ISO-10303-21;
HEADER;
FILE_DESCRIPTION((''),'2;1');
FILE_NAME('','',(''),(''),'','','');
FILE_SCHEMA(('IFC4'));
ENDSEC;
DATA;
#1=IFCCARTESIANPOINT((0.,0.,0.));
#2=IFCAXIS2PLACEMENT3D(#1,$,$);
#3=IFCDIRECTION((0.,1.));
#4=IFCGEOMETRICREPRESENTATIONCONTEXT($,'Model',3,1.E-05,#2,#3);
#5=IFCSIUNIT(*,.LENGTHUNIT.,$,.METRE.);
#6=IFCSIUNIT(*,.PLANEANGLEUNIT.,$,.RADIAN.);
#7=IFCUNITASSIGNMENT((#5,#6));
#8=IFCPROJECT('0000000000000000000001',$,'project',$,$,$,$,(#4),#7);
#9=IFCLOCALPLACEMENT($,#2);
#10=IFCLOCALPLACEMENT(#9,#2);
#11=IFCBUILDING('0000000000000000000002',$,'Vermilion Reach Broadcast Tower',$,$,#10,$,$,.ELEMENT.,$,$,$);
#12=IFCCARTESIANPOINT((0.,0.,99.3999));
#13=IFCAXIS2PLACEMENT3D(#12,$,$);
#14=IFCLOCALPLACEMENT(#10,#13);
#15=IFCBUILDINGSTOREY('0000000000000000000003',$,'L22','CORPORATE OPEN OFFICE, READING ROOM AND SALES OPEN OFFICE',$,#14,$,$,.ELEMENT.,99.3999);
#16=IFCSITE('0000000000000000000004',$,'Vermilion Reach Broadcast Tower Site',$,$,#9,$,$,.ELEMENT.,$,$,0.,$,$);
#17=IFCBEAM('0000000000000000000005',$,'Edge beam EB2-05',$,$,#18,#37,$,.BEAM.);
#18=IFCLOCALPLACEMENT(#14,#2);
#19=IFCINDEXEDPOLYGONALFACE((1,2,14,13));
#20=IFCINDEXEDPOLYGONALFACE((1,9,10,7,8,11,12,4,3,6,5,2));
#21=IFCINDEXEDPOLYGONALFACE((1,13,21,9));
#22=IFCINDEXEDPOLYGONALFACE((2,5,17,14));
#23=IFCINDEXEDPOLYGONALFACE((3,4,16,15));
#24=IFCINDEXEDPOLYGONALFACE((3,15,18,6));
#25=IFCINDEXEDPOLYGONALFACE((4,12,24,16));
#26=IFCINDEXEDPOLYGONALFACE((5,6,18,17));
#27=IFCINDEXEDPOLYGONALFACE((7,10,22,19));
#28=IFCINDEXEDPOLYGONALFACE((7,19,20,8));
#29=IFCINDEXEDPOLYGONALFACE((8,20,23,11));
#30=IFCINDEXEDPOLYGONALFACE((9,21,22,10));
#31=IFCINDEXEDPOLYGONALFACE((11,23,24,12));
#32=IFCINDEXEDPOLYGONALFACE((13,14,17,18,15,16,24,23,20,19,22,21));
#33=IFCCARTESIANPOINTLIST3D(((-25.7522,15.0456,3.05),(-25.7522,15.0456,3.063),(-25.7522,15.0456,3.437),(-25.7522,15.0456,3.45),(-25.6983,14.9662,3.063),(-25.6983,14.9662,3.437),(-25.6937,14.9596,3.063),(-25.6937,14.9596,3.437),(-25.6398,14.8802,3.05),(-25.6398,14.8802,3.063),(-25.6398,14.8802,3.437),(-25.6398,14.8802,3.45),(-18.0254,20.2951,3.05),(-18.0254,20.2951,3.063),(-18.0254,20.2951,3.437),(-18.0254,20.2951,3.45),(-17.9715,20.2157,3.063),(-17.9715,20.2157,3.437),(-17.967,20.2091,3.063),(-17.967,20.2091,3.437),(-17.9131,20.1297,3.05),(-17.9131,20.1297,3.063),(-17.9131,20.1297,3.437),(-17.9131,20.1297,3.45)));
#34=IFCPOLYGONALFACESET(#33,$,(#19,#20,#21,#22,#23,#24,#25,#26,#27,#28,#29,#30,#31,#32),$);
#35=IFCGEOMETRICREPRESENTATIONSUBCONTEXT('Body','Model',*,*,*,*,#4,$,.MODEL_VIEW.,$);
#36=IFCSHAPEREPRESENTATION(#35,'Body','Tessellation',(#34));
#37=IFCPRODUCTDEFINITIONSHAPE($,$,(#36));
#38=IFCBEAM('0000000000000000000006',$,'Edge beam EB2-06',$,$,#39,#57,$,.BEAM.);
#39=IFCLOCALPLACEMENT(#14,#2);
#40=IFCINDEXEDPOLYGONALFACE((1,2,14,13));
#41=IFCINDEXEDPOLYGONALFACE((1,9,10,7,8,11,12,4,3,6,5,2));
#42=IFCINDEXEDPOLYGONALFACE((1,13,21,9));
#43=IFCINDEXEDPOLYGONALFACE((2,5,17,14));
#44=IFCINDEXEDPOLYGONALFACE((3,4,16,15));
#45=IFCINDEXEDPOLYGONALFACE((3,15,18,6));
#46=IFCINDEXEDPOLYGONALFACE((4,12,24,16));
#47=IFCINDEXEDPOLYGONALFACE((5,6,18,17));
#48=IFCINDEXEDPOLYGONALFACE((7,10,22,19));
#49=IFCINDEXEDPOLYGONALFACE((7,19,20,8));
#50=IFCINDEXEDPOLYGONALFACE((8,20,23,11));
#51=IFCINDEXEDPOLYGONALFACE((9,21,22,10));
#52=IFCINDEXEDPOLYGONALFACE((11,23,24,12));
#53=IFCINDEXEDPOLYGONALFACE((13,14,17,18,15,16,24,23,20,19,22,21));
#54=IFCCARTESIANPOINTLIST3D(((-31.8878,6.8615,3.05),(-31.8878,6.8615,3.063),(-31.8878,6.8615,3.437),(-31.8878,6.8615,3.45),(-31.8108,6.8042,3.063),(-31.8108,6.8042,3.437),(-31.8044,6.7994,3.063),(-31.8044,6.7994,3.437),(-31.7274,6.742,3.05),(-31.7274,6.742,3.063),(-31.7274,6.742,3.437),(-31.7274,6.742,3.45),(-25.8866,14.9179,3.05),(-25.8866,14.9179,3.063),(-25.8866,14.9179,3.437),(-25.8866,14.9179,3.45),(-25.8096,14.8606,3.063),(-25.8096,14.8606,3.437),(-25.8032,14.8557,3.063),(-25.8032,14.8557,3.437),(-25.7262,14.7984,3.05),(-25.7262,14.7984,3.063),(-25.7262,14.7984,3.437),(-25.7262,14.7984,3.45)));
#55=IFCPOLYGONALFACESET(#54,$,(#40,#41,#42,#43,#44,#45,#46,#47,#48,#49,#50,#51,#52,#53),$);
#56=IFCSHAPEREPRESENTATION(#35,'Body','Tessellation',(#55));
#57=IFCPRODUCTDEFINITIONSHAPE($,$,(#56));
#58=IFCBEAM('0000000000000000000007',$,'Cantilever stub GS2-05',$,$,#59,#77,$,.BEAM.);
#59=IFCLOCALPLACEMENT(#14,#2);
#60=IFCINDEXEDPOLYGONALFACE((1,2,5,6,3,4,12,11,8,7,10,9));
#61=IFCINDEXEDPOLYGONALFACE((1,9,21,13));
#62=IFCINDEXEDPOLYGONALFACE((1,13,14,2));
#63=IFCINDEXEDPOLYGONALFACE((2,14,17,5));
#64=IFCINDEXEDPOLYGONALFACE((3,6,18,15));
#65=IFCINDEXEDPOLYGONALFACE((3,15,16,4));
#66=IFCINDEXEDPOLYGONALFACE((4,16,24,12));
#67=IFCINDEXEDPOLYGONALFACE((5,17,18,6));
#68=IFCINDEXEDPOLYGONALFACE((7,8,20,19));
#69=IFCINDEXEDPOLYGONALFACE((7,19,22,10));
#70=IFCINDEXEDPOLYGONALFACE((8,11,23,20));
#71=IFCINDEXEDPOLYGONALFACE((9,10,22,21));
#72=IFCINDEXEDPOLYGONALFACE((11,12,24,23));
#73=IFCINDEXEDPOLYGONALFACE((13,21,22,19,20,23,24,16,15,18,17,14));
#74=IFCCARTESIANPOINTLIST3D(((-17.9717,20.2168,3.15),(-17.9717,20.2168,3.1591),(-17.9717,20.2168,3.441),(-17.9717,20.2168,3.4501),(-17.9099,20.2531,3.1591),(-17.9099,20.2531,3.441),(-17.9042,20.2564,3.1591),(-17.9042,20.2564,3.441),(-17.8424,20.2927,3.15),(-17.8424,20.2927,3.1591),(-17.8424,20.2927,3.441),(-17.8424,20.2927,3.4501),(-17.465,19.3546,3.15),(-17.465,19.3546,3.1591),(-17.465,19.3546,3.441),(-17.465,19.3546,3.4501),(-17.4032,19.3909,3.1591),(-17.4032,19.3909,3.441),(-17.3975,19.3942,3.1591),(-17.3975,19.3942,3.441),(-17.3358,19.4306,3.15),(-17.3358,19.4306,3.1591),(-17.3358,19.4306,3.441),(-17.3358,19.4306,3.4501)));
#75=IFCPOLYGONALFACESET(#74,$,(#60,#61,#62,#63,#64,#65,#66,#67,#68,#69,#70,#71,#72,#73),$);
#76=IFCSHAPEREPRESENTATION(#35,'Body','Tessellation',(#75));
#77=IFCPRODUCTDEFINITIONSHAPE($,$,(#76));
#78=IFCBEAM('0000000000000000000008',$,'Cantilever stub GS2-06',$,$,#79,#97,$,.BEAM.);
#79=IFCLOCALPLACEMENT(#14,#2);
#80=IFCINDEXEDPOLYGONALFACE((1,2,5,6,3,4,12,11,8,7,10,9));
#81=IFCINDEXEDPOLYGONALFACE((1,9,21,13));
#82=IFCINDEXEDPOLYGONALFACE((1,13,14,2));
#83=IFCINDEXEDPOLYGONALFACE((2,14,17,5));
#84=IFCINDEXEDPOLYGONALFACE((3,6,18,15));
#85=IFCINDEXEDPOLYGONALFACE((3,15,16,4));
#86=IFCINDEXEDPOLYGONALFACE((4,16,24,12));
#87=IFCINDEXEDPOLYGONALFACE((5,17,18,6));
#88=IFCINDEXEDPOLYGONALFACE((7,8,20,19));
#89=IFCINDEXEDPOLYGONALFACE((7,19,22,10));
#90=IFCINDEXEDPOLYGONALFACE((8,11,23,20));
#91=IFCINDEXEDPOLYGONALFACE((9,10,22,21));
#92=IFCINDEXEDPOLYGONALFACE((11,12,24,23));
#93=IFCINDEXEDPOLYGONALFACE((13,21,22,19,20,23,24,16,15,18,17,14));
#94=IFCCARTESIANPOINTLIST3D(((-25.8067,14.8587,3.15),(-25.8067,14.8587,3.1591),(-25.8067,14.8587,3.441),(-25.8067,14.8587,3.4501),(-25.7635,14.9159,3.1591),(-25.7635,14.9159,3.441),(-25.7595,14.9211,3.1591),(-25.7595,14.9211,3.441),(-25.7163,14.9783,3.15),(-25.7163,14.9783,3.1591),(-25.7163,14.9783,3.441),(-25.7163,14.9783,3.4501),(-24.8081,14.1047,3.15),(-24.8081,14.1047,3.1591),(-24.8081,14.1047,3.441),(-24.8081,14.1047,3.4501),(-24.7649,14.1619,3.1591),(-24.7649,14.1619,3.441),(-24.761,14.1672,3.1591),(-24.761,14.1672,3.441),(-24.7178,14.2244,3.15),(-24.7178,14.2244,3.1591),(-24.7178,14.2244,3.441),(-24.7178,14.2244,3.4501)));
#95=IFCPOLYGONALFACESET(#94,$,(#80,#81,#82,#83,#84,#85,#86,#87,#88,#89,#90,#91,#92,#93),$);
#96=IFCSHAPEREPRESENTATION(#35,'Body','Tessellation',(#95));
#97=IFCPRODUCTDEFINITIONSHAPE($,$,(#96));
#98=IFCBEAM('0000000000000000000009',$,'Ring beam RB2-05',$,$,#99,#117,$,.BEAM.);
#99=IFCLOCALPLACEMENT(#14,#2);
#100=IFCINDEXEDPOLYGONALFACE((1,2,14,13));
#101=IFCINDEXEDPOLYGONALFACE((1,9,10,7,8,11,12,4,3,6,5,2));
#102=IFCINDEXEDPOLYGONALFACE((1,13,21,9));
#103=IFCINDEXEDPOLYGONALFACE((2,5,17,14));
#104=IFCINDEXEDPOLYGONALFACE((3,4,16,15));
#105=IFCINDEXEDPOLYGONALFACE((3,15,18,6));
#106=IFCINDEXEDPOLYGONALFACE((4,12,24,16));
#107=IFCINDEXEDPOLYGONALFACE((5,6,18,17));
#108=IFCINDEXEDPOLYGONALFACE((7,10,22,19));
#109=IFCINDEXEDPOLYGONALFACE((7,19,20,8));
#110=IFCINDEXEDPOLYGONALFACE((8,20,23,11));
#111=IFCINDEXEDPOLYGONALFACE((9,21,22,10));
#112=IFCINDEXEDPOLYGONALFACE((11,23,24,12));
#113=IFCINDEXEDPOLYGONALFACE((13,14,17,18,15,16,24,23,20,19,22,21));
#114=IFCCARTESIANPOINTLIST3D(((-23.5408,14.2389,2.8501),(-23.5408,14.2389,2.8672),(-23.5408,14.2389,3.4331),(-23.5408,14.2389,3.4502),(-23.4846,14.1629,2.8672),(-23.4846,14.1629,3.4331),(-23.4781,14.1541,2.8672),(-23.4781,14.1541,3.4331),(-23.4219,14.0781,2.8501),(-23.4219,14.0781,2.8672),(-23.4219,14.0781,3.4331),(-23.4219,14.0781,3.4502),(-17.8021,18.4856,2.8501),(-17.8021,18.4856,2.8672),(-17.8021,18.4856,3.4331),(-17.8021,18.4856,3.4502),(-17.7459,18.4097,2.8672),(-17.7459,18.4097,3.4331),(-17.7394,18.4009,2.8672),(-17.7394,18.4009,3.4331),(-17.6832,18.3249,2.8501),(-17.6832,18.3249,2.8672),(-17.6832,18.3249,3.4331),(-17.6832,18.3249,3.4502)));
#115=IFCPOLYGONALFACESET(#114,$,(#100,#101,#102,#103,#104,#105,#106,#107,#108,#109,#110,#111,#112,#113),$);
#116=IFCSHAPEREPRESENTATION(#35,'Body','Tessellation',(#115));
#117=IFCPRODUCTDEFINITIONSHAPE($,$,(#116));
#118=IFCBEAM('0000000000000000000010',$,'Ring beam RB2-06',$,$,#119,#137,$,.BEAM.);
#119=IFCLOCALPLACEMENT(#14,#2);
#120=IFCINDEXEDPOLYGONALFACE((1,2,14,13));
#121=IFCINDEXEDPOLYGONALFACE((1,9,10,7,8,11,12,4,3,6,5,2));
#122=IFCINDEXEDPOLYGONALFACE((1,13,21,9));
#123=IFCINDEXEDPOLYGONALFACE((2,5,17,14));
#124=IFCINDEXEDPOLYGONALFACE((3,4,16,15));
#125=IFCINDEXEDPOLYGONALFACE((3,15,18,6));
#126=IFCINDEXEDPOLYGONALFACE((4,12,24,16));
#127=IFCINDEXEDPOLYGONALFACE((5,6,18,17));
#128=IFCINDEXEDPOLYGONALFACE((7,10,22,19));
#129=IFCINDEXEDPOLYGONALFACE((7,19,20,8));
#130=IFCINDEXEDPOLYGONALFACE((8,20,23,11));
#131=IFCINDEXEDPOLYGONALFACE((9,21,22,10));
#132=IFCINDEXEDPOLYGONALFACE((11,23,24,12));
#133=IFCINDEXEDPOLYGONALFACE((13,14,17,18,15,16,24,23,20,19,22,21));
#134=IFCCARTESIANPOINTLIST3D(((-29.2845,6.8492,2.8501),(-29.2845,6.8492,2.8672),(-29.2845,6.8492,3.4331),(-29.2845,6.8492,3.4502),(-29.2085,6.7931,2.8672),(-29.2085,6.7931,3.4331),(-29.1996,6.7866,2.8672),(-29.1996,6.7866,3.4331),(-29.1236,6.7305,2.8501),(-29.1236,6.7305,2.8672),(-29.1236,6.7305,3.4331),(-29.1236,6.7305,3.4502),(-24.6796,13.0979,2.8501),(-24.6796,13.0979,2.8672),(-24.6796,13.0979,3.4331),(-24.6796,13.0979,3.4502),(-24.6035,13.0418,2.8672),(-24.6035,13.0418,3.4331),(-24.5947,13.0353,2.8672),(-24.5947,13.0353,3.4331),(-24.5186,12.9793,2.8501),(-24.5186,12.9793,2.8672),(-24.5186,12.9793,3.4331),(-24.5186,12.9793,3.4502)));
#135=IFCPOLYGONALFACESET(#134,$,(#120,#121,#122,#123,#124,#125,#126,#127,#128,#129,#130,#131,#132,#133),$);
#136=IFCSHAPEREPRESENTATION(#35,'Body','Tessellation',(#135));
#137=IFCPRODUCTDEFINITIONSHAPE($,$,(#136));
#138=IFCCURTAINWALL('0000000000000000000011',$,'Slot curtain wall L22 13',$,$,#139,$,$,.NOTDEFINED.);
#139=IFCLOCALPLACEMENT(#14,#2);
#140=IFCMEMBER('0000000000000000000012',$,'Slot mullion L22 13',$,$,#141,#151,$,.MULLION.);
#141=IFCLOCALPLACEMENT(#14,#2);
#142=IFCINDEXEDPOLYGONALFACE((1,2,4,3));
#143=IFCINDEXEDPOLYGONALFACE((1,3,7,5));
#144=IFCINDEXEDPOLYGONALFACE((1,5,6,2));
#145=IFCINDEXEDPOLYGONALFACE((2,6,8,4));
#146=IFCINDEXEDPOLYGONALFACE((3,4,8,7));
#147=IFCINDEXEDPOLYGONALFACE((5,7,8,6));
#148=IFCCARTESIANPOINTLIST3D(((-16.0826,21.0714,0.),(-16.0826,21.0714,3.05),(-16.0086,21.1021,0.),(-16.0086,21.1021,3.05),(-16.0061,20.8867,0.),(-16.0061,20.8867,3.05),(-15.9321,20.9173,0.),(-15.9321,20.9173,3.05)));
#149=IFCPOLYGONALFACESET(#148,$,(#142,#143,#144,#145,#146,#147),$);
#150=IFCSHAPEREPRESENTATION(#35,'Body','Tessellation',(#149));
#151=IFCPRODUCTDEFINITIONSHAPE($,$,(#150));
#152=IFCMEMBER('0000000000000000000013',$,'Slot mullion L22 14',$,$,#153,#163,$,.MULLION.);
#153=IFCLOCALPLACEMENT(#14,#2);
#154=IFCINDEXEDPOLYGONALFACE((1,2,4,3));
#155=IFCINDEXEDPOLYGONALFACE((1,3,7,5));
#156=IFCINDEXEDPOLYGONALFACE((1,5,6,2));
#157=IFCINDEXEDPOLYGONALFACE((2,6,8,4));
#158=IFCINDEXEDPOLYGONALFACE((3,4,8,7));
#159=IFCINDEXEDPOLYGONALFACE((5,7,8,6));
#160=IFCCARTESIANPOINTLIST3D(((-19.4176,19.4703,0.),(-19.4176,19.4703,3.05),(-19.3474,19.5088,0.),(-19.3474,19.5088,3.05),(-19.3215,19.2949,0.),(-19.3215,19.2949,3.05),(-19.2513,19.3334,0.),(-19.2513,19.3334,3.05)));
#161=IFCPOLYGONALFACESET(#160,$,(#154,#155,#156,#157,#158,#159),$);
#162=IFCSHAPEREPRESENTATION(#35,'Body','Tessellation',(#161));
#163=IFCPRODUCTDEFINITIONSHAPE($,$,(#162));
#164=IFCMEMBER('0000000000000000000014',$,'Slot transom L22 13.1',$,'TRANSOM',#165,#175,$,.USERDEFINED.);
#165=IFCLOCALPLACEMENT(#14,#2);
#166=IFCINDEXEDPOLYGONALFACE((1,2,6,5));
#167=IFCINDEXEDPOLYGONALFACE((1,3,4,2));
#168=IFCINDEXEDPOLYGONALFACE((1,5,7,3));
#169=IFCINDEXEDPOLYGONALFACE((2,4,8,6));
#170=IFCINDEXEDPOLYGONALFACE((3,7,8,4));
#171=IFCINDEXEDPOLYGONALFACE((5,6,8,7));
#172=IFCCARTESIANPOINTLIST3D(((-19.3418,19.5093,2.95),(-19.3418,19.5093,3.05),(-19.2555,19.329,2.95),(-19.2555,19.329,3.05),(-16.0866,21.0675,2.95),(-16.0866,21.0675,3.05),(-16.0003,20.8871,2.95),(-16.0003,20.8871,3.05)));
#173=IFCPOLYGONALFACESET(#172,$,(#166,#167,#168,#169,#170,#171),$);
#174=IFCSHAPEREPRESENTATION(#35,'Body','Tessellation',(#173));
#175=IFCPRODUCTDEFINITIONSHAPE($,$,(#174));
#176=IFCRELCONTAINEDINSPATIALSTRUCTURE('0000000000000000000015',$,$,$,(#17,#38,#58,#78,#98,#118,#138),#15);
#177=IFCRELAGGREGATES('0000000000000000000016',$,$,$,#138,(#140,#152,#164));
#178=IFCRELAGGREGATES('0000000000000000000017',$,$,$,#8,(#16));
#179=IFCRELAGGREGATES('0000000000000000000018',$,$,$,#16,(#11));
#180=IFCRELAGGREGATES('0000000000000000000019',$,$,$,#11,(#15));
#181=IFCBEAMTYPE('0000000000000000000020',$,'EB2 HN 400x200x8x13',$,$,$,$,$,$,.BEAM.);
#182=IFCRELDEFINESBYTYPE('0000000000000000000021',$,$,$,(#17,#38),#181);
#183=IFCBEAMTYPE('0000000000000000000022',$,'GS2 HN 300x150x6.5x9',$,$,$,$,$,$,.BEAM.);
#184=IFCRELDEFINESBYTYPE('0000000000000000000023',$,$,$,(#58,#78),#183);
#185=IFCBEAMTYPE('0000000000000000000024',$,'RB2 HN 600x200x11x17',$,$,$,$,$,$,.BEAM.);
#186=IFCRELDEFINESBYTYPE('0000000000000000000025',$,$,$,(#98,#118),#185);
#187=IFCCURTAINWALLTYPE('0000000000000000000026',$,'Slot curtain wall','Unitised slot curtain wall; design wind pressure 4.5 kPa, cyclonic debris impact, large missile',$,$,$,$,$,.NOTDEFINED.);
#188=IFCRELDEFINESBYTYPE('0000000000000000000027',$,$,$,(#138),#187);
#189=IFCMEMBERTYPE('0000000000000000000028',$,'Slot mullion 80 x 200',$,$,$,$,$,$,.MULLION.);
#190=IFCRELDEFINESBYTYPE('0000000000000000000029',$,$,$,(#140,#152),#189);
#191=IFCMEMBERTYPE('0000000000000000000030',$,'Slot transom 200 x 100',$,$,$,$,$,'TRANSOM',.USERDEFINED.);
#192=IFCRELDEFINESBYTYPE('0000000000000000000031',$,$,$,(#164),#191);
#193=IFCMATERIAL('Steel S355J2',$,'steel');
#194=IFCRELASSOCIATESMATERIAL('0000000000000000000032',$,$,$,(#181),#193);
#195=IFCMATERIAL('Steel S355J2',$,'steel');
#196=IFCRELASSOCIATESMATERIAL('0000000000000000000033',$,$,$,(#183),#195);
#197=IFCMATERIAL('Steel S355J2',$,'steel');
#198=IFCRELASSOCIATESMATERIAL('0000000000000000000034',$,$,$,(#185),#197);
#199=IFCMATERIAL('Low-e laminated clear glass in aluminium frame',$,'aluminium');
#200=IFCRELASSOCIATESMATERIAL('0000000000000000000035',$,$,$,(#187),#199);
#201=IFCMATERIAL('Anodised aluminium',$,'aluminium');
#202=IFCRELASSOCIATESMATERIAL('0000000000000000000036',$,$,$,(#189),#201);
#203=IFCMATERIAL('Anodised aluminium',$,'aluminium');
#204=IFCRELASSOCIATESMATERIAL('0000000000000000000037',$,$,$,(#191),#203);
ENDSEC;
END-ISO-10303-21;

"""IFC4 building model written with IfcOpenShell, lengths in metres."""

from ifc_helpers import new_model, si_unit, direction, frame, origin, origin_2d, place, context, subcontext, project, spatial, rectangle, i_section, extrude, material, material_profile, profile_set, type_object, element, aggregate, save


model = new_model("IFC4")

# Units and contexts
model_context = context("Model", 3, precision=1e-05, world=origin(), true_north=direction((0.0, 1.0)))
body_context = subcontext(model_context, "Body", "Model", "MODEL_VIEW")
ifc_project = project(units=[si_unit("LENGTHUNIT", "METRE"), si_unit("PLANEANGLEUNIT", "RADIAN")], contexts=[model_context])

# Site, building, storey
site_placement = place(None, origin())
site = spatial("IfcSite", under=ifc_project, at=site_placement, Name="Vermilion Reach Broadcast Tower Site", CompositionType="ELEMENT", RefElevation=0.0)
building_placement = place(site_placement, origin())
building = spatial("IfcBuilding", under=site, at=building_placement, Name="Vermilion Reach Broadcast Tower", CompositionType="ELEMENT")
storey_placement = place(building_placement, frame((0.0, 0.0, 99.3999)))
storey = spatial("IfcBuildingStorey", under=building, at=storey_placement, Name="L22", Description="CORPORATE OPEN OFFICE, READING ROOM AND SALES OPEN OFFICE", CompositionType="ELEMENT", Elevation=99.3999)

# Beams
ifc_material_1 = material(Name="Steel S355J2", Category="steel")
ifc_material_profile_1 = material_profile(ifc_material_1, i_section(OverallWidth=0.2, OverallDepth=0.3999, WebThickness=0.0081, FlangeThickness=0.0129, at=origin_2d()), Name="S355J2 HN 400x200x8x13")
ifc_profile_set_1 = profile_set([ifc_material_profile_1], Name="Steel S355J2")
beam_type_1 = type_object("IfcBeamType", Name="EB2 HN 400x200x8x13", PredefinedType="BEAM", material=ifc_profile_set_1)
beam_1_placement = place(storey_placement, frame((-17.9692, 20.2124, 3.25), z_axis=(-0.827161, -0.561965, 0.0), x_axis=(0.561965, -0.827161, 0.0)))
element("IfcBeam", 1, at=beam_1_placement, inside=storey, type_object=beam_type_1, Name="Edge beam EB2-05", PredefinedType="BEAM", context=body_context, shape_type="SweptSolid", body=[
    extrude(i_section(OverallWidth=0.2, OverallDepth=0.3999, WebThickness=0.0081, FlangeThickness=0.0129, at=origin_2d()), origin(), (0.0, 0.0, 1.0), 9.3413),
])
beam_2_placement = place(storey_placement, frame((-25.8064, 14.8582, 3.25), z_axis=(-0.59738, -0.801958, 0.0), x_axis=(0.801958, -0.59738, 0.0)))
element("IfcBeam", 2, at=beam_2_placement, inside=storey, type_object=beam_type_1, Name="Edge beam EB2-06", PredefinedType="BEAM", context=body_context, shape_type="SweptSolid", body=[
    extrude(i_section(OverallWidth=0.2, OverallDepth=0.3999, WebThickness=0.0081, FlangeThickness=0.0129, at=origin_2d()), origin(), (0.0, 0.0, 1.0), 10.0459),
])
ifc_material_2 = material(Name="Steel S355J2", Category="steel")
ifc_material_profile_2 = material_profile(ifc_material_2, i_section(OverallWidth=0.1499, OverallDepth=0.3, WebThickness=0.0066, FlangeThickness=0.009, at=origin_2d()), Name="S355J2 HN 300x150x6.5x9")
ifc_profile_set_2 = profile_set([ifc_material_profile_2], Name="Steel S355J2")
beam_type_2 = type_object("IfcBeamType", Name="GS2 HN 300x150x6.5x9", PredefinedType="BEAM", material=ifc_profile_set_2)
beam_3_placement = place(storey_placement, frame((-17.4004, 19.3926, 3.3), z_axis=(-0.506647, 0.862154, 0.0), x_axis=(-0.862154, -0.506647, 0.0)))
element("IfcBeam", 3, at=beam_3_placement, inside=storey, type_object=beam_type_2, Name="Cantilever stub GS2-05", PredefinedType="BEAM", context=body_context, shape_type="SweptSolid", body=[
    extrude(i_section(OverallWidth=0.1499, OverallDepth=0.3, WebThickness=0.0066, FlangeThickness=0.009, at=origin_2d()), origin(), (0.0, 0.0, 1.0), 1.0),
])
beam_4_placement = place(storey_placement, frame((-24.7629, 14.1646, 3.3), z_axis=(-0.798076, 0.602557, 0.0), x_axis=(-0.602557, -0.798076, 0.0)))
element("IfcBeam", 4, at=beam_4_placement, inside=storey, type_object=beam_type_2, Name="Cantilever stub GS2-06", PredefinedType="BEAM", context=body_context, shape_type="SweptSolid", body=[
    extrude(i_section(OverallWidth=0.1499, OverallDepth=0.3, WebThickness=0.0066, FlangeThickness=0.009, at=origin_2d()), origin(), (0.0, 0.0, 1.0), 1.2512),
])
ifc_material_3 = material(Name="Steel S355J2", Category="steel")
ifc_material_profile_3 = material_profile(ifc_material_3, i_section(OverallWidth=0.2, OverallDepth=0.6001, WebThickness=0.011, FlangeThickness=0.0171, at=origin_2d()), Name="S355J2 HN 600x200x11x17")
ifc_profile_set_3 = profile_set([ifc_material_profile_3], Name="Steel S355J2")
beam_type_3 = type_object("IfcBeamType", Name="RB2 HN 600x200x11x17", PredefinedType="BEAM", material=ifc_profile_set_3)
beam_5_placement = place(storey_placement, frame((-17.7427, 18.4053, 3.1501), z_axis=(-0.803833, -0.594855, 0.0), x_axis=(0.594855, -0.803833, 0.0)))
element("IfcBeam", 5, at=beam_5_placement, inside=storey, type_object=beam_type_3, Name="Ring beam RB2-05", PredefinedType="BEAM", context=body_context, shape_type="SweptSolid", body=[
    extrude(i_section(OverallWidth=0.2, OverallDepth=0.6001, WebThickness=0.011, FlangeThickness=0.0171, at=origin_2d()), origin(), (0.0, 0.0, 1.0), 7.1392),
])
beam_6_placement = place(storey_placement, frame((-24.5991, 13.0386, 3.1501), z_axis=(-0.593251, -0.805018, 0.0), x_axis=(0.805018, -0.593251, 0.0)))
element("IfcBeam", 6, at=beam_6_placement, inside=storey, type_object=beam_type_3, Name="Ring beam RB2-06", PredefinedType="BEAM", context=body_context, shape_type="SweptSolid", body=[
    extrude(i_section(OverallWidth=0.2, OverallDepth=0.6001, WebThickness=0.011, FlangeThickness=0.0171, at=origin_2d()), origin(), (0.0, 0.0, 1.0), 7.7622),
])

# Curtain wall, members
ifc_material_4 = material(Name="Low-e laminated clear glass in aluminium frame", Category="aluminium")
curtain_wall_type = type_object("IfcCurtainWallType", Name="Slot curtain wall", Description="Unitised slot curtain wall; design wind pressure 4.5 kPa, cyclonic debris impact, large missile", PredefinedType="NOTDEFINED", material=ifc_material_4)
curtain_wall_placement = place(storey_placement, origin())
curtain_wall = element("IfcCurtainWall", 7, at=curtain_wall_placement, inside=storey, type_object=curtain_wall_type, Name="Slot curtain wall L22 13", PredefinedType="NOTDEFINED")
ifc_material_5 = material(Name="Anodised aluminium", Category="aluminium")
ifc_material_profile_4 = material_profile(ifc_material_5, rectangle(XDim=0.2, YDim=0.0801, at=origin_2d()), Name="Slot mullion 80 x 200")
ifc_profile_set_4 = profile_set([ifc_material_profile_4], Name="Anodised aluminium")
member_type_1 = type_object("IfcMemberType", Name="Slot mullion 80 x 200", PredefinedType="MULLION", material=ifc_profile_set_4)
member_1_placement = place(storey_placement, frame((-16.0073, 20.9944, 0.0), z_axis=(0.0, 0.0, 1.0), x_axis=(0.382457, -0.923973, 0.0)))
member_1 = element("IfcMember", 8, at=member_1_placement, type_object=member_type_1, Name="Slot mullion L22 13", PredefinedType="MULLION", context=body_context, shape_type="SweptSolid", body=[
    extrude(rectangle(XDim=0.2, YDim=0.0801, at=origin_2d()), origin(), (0.0, 0.0, 1.0), 3.05),
])
member_2_placement = place(storey_placement, frame((-19.3345, 19.4019, 0.0), z_axis=(0.0, 0.0, 1.0), x_axis=(0.480545, -0.87697, 0.0)))
member_2 = element("IfcMember", 9, at=member_2_placement, type_object=member_type_1, Name="Slot mullion L22 14", PredefinedType="MULLION", context=body_context, shape_type="SweptSolid", body=[
    extrude(rectangle(XDim=0.2, YDim=0.0801, at=origin_2d()), origin(), (0.0, 0.0, 1.0), 3.05),
])
ifc_material_6 = material(Name="Anodised aluminium", Category="aluminium")
ifc_material_profile_5 = material_profile(ifc_material_6, rectangle(XDim=0.2, YDim=0.1001, at=origin_2d()), Name="Slot transom 200 x 100")
ifc_profile_set_5 = profile_set([ifc_material_profile_5], Name="Anodised aluminium")
member_type_2 = type_object("IfcMemberType", Name="Slot transom 200 x 100", ElementType="TRANSOM", PredefinedType="USERDEFINED", material=ifc_profile_set_5)
member_3_placement = place(storey_placement, frame((-16.0435, 20.9773, 3.0), z_axis=(-0.901993, -0.43175, 0.0), x_axis=(0.43175, -0.901993, 0.0)))
member_3 = element("IfcMember", 10, at=member_3_placement, type_object=member_type_2, Name="Slot transom L22 13.1", ObjectType="TRANSOM", PredefinedType="USERDEFINED", context=body_context, shape_type="SweptSolid", body=[
    extrude(rectangle(XDim=0.2, YDim=0.1001, at=origin_2d()), origin(), (0.0, 0.0, 1.0), 3.6089),
])
aggregate(curtain_wall, [member_1, member_2, member_3])

save(model, "model.ifc")
